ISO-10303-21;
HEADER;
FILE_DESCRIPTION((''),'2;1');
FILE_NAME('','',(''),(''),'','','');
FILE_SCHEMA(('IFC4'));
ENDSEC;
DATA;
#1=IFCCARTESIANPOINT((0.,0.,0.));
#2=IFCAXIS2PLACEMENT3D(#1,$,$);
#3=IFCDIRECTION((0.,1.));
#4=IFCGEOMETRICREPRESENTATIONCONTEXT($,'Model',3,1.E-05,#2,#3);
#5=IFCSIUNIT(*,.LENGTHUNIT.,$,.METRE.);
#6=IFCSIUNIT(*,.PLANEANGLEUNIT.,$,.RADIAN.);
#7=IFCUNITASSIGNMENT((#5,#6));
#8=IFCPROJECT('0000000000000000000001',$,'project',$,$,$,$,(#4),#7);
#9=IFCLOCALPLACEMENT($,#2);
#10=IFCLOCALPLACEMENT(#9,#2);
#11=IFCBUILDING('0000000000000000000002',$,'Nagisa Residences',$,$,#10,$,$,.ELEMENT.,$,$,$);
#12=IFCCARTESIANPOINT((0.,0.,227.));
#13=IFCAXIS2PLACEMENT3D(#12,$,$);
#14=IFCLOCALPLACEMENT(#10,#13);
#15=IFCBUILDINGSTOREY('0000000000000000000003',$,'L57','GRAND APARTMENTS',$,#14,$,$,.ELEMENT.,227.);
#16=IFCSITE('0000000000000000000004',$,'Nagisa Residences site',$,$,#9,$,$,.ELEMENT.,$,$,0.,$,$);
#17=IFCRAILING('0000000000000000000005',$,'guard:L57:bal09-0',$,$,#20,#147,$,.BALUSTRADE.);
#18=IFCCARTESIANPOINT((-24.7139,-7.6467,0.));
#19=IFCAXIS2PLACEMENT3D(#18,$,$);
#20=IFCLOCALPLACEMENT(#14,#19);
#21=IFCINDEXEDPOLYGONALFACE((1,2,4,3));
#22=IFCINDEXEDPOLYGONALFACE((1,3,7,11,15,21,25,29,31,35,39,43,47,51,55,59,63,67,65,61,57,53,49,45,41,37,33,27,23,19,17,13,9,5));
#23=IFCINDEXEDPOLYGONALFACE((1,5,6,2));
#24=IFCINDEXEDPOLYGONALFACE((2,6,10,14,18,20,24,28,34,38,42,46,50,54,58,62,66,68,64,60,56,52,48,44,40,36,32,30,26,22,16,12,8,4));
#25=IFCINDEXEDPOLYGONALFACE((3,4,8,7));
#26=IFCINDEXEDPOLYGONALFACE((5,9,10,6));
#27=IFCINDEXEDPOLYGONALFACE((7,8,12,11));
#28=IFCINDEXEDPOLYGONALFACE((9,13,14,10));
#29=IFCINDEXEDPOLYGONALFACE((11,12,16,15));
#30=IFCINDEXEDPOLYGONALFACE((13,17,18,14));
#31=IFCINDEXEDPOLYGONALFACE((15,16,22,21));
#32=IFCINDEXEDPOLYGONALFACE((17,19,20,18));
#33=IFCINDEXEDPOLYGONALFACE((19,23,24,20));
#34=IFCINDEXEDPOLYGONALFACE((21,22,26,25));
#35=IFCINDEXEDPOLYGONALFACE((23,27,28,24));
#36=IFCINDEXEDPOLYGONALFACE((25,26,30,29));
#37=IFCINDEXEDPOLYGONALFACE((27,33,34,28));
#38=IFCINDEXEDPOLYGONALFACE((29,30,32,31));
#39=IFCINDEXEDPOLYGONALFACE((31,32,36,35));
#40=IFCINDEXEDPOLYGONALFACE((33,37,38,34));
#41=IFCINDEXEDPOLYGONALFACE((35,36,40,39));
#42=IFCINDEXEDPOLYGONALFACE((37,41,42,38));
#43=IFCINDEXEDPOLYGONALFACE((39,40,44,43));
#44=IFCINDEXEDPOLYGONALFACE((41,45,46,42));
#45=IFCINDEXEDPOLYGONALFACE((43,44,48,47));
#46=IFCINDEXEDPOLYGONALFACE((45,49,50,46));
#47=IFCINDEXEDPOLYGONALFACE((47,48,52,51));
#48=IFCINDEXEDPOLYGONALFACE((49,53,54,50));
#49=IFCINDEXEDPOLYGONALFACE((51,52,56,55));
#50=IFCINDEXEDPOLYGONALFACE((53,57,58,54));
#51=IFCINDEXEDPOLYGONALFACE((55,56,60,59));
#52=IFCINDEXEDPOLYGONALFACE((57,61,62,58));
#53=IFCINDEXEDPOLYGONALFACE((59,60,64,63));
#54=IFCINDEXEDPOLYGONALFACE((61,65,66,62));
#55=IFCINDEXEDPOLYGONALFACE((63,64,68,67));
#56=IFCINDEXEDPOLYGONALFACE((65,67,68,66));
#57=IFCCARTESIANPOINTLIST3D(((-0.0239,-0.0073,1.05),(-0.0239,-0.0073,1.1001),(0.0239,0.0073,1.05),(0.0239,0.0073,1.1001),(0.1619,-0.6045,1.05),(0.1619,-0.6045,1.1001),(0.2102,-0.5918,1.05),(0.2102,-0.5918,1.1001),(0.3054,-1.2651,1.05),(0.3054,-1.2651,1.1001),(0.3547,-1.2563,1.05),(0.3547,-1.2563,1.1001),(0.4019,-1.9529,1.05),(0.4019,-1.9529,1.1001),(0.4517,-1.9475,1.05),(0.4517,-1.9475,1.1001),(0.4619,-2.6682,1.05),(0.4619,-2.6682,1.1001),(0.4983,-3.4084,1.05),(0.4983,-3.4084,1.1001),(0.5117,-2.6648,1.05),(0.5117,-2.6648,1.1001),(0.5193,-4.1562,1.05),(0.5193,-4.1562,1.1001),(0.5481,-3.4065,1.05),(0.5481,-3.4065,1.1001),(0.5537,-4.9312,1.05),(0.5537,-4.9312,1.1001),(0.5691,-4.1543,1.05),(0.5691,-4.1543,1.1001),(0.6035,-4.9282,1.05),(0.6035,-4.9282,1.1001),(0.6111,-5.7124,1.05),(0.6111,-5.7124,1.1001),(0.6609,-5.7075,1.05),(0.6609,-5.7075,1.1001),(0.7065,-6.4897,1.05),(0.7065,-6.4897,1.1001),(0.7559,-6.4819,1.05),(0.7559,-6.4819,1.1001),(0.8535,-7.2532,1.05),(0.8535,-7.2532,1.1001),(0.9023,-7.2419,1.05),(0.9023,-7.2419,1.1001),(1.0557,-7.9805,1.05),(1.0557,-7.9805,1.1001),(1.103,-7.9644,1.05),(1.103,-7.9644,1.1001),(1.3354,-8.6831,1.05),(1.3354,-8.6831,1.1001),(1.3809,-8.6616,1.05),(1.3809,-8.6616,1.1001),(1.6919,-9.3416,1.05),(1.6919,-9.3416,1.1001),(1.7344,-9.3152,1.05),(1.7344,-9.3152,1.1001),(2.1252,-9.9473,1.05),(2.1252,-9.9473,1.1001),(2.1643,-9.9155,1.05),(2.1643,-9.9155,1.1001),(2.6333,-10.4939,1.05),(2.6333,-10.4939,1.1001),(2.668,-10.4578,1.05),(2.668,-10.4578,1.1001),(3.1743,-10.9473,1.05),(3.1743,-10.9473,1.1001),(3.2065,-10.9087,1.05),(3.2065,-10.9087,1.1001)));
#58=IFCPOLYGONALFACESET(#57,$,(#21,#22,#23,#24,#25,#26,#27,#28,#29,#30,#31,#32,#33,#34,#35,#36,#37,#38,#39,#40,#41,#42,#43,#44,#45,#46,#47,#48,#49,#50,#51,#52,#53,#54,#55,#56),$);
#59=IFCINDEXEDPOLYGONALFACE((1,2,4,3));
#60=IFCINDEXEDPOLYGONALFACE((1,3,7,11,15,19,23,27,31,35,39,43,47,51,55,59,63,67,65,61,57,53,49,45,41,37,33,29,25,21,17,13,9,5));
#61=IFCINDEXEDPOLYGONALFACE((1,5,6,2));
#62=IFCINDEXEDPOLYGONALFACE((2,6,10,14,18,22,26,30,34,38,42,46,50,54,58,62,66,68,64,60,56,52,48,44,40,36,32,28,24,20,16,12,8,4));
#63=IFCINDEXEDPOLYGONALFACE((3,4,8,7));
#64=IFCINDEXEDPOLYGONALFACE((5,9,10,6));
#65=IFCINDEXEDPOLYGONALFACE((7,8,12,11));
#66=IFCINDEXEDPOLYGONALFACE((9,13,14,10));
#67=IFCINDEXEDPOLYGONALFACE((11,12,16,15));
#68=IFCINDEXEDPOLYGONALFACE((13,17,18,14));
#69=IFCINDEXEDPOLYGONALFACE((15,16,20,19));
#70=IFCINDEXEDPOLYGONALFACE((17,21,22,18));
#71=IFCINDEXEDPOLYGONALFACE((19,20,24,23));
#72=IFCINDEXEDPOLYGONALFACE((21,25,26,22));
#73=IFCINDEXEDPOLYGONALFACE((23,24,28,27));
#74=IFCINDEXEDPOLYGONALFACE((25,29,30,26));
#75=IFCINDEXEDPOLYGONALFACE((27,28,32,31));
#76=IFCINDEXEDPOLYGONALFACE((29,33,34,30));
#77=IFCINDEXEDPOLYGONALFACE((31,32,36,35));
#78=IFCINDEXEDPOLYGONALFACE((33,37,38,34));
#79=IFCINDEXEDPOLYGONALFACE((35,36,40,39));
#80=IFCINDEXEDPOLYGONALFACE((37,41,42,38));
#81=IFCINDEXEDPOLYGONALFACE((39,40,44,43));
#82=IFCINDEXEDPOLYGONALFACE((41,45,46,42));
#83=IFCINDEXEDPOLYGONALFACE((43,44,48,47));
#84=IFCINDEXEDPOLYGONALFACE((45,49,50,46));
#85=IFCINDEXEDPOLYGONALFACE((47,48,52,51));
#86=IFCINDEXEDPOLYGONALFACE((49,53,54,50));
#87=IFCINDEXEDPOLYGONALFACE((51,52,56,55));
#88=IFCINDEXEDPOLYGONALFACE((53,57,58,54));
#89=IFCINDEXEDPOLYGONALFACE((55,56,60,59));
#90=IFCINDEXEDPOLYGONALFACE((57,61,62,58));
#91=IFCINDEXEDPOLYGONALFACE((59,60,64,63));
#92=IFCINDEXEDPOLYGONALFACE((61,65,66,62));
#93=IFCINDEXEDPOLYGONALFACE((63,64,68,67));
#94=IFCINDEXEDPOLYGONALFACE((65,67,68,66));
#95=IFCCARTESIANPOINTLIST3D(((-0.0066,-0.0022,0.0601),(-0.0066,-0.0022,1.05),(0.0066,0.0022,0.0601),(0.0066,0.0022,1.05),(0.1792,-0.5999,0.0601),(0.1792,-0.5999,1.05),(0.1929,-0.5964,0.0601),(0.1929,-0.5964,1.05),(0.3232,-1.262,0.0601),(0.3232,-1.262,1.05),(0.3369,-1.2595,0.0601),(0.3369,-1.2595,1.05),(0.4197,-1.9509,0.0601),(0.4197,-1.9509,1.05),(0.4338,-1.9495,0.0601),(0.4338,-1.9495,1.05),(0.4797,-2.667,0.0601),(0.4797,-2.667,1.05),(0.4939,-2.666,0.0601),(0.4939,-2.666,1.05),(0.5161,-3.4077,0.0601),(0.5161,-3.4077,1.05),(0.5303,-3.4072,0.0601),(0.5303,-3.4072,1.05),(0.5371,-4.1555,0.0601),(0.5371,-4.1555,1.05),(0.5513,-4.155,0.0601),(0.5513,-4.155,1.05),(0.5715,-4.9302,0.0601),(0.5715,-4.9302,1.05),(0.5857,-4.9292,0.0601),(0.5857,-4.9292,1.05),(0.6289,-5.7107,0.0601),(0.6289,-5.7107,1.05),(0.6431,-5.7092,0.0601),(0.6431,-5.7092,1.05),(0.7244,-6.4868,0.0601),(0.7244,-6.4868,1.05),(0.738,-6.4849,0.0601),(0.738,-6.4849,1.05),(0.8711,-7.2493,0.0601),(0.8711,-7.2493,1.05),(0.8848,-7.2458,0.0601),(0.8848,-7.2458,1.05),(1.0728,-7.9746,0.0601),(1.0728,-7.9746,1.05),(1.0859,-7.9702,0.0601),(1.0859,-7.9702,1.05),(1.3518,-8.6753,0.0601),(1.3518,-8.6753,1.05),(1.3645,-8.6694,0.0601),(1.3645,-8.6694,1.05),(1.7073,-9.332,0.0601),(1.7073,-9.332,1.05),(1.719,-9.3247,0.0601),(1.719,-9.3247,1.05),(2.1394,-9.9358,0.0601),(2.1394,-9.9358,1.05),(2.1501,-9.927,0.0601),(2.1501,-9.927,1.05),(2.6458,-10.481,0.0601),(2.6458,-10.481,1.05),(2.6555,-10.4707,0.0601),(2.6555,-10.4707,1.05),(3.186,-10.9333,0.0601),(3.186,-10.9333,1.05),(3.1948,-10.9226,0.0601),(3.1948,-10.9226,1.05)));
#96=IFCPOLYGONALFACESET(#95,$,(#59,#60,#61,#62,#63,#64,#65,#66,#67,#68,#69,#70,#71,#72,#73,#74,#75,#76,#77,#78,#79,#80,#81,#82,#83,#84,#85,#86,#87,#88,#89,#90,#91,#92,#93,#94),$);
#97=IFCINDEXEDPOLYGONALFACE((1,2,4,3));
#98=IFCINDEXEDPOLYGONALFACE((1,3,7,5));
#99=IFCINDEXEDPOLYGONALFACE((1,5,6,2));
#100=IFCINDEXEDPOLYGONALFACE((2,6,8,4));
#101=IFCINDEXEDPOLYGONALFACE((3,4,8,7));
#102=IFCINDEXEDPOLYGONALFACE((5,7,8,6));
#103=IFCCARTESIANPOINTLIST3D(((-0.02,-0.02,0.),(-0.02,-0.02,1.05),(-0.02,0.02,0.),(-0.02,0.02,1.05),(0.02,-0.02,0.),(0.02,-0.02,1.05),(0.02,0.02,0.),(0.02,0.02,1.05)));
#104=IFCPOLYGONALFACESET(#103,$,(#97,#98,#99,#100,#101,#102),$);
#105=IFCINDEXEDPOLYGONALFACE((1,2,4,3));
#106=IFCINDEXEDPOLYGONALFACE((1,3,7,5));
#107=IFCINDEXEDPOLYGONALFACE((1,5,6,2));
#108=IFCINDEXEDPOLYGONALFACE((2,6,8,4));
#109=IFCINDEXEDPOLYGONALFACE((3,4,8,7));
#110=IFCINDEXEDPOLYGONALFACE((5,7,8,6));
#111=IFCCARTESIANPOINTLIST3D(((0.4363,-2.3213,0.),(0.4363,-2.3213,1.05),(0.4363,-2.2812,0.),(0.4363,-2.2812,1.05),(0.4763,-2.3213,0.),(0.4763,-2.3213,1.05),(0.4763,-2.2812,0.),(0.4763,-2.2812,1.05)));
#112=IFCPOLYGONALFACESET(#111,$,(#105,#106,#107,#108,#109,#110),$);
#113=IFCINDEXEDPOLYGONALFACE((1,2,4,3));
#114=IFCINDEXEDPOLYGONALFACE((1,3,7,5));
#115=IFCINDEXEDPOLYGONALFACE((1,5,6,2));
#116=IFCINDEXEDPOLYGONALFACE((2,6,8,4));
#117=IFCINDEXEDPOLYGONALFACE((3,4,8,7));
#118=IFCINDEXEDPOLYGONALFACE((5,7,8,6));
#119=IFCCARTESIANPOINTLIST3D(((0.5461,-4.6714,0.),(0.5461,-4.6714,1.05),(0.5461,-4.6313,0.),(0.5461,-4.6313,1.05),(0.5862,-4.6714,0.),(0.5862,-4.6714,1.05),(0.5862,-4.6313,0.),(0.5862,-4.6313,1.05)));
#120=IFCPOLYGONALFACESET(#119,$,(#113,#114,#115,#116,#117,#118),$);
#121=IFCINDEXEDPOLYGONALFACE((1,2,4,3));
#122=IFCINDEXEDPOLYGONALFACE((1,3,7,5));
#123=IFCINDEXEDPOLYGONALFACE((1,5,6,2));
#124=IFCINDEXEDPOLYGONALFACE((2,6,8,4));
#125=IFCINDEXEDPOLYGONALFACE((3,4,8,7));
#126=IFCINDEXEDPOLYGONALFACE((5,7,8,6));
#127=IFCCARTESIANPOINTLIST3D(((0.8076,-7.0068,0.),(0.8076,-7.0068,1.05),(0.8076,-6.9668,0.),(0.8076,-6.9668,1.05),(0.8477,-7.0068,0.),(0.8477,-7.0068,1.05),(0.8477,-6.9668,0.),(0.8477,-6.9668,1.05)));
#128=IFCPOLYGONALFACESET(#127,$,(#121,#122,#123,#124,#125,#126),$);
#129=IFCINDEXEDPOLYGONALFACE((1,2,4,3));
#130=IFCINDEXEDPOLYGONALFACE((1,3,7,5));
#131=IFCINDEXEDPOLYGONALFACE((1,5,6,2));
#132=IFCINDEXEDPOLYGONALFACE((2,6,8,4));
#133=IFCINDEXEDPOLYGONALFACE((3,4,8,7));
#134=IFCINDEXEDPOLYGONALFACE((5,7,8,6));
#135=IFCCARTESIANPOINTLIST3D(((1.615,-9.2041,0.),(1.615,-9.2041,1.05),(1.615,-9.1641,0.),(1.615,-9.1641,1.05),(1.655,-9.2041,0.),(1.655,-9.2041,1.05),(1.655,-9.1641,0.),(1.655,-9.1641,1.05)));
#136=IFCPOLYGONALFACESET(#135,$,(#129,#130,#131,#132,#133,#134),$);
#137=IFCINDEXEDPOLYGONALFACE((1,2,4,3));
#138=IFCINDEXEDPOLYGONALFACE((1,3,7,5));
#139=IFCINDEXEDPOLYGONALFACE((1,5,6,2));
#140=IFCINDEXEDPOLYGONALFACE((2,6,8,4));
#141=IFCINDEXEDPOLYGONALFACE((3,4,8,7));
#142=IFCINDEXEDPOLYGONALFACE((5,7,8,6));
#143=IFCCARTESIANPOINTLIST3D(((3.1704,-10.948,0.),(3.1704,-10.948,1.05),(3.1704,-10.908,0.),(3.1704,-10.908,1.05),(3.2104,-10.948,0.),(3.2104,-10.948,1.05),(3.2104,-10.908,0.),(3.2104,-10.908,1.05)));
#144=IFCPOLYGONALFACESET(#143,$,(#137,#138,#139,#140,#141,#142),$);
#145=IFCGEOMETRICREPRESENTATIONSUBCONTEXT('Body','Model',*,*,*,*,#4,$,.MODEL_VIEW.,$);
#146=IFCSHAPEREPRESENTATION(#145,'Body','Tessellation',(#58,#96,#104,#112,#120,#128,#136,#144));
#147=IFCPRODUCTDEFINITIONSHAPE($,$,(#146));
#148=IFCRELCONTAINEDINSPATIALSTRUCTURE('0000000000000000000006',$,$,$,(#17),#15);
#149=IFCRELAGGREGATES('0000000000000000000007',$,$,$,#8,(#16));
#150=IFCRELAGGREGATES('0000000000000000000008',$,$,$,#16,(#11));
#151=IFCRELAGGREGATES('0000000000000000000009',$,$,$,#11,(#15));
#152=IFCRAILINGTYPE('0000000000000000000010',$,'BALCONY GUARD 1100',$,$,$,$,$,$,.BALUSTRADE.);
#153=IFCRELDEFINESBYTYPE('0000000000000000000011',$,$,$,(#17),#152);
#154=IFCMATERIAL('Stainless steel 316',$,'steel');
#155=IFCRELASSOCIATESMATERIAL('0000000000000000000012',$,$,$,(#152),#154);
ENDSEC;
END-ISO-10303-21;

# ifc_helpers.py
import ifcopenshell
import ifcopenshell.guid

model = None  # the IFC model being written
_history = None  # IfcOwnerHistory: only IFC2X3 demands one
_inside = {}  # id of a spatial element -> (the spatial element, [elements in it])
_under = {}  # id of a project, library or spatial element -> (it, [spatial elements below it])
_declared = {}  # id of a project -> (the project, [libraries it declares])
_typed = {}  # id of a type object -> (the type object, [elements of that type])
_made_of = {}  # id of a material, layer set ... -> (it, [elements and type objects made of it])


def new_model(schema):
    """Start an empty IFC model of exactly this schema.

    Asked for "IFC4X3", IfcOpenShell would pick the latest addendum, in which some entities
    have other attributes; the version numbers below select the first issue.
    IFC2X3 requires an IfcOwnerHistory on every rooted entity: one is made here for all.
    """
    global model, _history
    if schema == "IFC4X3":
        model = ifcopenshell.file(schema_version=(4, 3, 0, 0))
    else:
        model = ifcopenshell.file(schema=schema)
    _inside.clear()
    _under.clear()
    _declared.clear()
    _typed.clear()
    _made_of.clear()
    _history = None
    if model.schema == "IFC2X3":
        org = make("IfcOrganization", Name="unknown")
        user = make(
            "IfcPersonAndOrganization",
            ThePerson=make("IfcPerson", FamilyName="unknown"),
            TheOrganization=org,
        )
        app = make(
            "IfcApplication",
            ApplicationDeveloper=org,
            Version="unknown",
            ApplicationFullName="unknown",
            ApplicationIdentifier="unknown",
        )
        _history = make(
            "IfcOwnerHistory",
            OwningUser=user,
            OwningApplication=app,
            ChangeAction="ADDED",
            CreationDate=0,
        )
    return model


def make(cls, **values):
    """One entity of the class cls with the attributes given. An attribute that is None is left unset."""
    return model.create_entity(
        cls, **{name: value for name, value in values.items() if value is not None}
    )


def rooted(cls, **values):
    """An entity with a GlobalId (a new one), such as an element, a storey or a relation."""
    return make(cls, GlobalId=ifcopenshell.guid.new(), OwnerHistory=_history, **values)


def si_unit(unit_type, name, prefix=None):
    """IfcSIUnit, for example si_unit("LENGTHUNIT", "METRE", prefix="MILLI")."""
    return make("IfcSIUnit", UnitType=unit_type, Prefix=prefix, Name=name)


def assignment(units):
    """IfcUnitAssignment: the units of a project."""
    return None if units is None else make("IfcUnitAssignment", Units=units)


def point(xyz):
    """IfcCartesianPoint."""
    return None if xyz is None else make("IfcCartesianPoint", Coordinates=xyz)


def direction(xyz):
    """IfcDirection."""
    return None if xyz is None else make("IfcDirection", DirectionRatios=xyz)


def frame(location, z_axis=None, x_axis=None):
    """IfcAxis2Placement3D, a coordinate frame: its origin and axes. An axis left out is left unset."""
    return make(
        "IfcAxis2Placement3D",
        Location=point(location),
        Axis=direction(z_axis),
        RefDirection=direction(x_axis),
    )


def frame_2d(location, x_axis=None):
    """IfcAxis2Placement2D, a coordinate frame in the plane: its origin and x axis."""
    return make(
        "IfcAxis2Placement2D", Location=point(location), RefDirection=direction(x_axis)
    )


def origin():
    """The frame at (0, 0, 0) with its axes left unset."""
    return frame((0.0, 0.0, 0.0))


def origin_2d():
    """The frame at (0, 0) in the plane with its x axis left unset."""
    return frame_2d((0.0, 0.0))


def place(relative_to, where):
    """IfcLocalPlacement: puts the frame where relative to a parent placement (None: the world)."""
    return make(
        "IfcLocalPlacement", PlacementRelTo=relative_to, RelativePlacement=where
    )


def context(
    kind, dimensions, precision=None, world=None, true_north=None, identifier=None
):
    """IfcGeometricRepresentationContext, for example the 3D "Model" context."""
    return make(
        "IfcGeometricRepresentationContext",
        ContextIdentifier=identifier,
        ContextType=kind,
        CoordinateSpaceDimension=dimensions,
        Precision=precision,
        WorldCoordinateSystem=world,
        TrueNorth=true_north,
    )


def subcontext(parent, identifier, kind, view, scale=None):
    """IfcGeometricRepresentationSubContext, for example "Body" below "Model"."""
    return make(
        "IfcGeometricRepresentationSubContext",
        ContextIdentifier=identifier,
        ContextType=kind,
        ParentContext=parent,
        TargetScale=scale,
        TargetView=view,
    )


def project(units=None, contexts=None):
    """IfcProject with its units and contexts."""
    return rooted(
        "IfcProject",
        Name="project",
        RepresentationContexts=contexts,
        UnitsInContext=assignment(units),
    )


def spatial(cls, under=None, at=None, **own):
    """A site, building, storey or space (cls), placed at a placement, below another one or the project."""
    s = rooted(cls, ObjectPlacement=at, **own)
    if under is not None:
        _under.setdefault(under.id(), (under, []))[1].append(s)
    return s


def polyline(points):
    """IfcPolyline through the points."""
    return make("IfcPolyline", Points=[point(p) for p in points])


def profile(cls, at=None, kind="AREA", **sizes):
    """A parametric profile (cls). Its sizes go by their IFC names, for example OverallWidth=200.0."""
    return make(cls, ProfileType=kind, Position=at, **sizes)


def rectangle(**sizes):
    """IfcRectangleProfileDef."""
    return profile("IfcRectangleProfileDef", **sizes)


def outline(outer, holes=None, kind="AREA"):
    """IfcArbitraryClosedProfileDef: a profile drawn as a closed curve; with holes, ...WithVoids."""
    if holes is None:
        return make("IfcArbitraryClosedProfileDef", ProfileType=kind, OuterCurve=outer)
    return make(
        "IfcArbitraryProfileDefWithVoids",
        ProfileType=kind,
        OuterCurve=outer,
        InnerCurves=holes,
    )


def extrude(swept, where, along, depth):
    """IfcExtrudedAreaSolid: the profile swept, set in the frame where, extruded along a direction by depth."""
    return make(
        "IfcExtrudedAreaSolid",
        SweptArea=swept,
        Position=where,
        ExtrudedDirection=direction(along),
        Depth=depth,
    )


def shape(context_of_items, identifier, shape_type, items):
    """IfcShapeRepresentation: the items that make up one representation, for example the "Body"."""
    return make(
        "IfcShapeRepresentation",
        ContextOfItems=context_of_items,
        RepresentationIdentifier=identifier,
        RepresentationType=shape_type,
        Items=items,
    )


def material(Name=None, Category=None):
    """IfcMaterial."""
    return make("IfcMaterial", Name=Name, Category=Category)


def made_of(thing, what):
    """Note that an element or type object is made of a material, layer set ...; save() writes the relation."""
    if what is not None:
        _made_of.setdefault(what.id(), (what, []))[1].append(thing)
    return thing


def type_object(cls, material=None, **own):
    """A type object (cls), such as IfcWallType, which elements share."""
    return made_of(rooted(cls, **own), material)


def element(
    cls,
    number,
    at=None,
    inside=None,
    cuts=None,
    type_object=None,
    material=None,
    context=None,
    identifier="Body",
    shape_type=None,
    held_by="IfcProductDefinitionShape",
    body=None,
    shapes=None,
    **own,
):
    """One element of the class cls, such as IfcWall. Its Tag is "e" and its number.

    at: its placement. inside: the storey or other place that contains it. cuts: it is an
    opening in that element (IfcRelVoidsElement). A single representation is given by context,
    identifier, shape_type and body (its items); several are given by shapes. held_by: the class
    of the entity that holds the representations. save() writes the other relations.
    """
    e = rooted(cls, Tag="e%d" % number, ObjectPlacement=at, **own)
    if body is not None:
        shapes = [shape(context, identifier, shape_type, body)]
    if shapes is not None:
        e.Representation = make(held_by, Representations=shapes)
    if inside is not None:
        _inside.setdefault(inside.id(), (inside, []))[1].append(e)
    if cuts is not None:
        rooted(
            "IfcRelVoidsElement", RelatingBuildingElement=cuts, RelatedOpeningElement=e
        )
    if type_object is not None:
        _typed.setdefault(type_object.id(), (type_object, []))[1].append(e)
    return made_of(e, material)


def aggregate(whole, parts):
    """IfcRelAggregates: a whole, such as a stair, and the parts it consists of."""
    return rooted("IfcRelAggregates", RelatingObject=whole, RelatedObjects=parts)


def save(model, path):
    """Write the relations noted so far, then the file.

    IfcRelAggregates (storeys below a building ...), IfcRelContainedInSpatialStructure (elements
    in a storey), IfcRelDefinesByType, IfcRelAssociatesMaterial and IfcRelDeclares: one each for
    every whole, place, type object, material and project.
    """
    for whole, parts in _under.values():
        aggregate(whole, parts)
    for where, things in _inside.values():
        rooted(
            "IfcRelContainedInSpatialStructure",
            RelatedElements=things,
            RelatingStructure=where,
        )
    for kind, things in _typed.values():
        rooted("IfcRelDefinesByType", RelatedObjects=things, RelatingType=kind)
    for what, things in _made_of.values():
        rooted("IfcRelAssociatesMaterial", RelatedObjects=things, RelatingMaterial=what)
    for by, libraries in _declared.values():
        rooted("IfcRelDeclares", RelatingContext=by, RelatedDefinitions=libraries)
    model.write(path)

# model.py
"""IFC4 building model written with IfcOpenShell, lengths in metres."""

from ifc_helpers import new_model, si_unit, direction, frame, origin, origin_2d, place, context, subcontext, project, spatial, polyline, rectangle, outline, extrude, material, type_object, element, save


model = new_model("IFC4")

# Units and contexts
model_context = context("Model", 3, precision=1e-05, world=origin(), true_north=direction((0.0, 1.0)))
body_context = subcontext(model_context, "Body", "Model", "MODEL_VIEW")
ifc_project = project(units=[si_unit("LENGTHUNIT", "METRE"), si_unit("PLANEANGLEUNIT", "RADIAN")], contexts=[model_context])

# Site, building, storey
site_placement = place(None, origin())
site = spatial("IfcSite", under=ifc_project, at=site_placement, Name="Nagisa Residences site", CompositionType="ELEMENT", RefElevation=0.0)
building_placement = place(site_placement, origin())
building = spatial("IfcBuilding", under=site, at=building_placement, Name="Nagisa Residences", CompositionType="ELEMENT")
storey_placement = place(building_placement, frame((0.0, 0.0, 227.0)))
storey = spatial("IfcBuildingStorey", under=building, at=storey_placement, Name="L57", Description="GRAND APARTMENTS", CompositionType="ELEMENT", Elevation=227.0)

# Railing
ifc_material_1 = material(Name="Stainless steel 316", Category="steel")
railing_type = type_object("IfcRailingType", Name="BALCONY GUARD 1100", PredefinedType="BALUSTRADE", material=ifc_material_1)
railing_placement = place(storey_placement, frame((-24.7139, -7.6467, 0.0)))
element("IfcRailing", 1, at=railing_placement, inside=storey, type_object=railing_type, Name="guard:L57:bal09-0", PredefinedType="BALUSTRADE", context=body_context, shape_type="SweptSolid", body=[
    extrude(outline(polyline([(0.2102, -0.5918), (0.0239, 0.0073), (-0.0239, -0.0073), (0.1619, -0.6045), (0.3054, -1.2651), (0.4019, -1.9529), (0.4619, -2.6682), (0.4983, -3.4084), (0.5193, -4.1562), (0.5537, -4.9312), (0.6111, -5.7124), (0.7065, -6.4897), (0.8535, -7.2532), (1.0557, -7.9805), (1.3354, -8.6831), (1.6919, -9.3416), (2.1252, -9.9473), (2.6333, -10.4939), (3.1743, -10.9473), (3.2065, -10.9087), (2.668, -10.4578), (2.1643, -9.9155), (1.7344, -9.3152), (1.3809, -8.6616), (1.103, -7.9644), (0.9023, -7.2419), (0.7559, -6.4819), (0.6609, -5.7075), (0.6035, -4.9282), (0.5691, -4.1543), (0.5481, -3.4065), (0.5117, -2.6648), (0.4517, -1.9475), (0.3547, -1.2563), (0.2102, -0.5918)])), frame((0.0, 0.0, 1.05)), (0.0, 0.0, 1.0), 0.05),
    extrude(outline(polyline([(0.1929, -0.5964), (0.0066, 0.0022), (-0.0066, -0.0022), (0.1792, -0.5999), (0.3232, -1.262), (0.4197, -1.9509), (0.4797, -2.667), (0.5161, -3.4077), (0.5371, -4.1555), (0.5715, -4.9302), (0.6289, -5.7107), (0.7244, -6.4868), (0.8711, -7.2493), (1.0728, -7.9746), (1.3518, -8.6753), (1.7073, -9.332), (2.1394, -9.9358), (2.6458, -10.481), (3.186, -10.9333), (3.1948, -10.9226), (2.6555, -10.4707), (2.1501, -9.927), (1.719, -9.3247), (1.3645, -8.6694), (1.0859, -7.9702), (0.8848, -7.2458), (0.738, -6.4849), (0.6431, -5.7092), (0.5857, -4.9292), (0.5513, -4.155), (0.5303, -3.4072), (0.4939, -2.666), (0.4338, -1.9495), (0.3369, -1.2595), (0.1929, -0.5964)])), frame((0.0, 0.0, 0.0601)), (0.0, 0.0, 1.0), 0.99),
    extrude(rectangle(XDim=0.04, YDim=0.04, at=origin_2d()), origin(), (0.0, 0.0, 1.0), 1.05),
    extrude(rectangle(XDim=0.04, YDim=0.04, at=origin_2d()), frame((0.4563, -2.3013, 0.0)), (0.0, 0.0, 1.0), 1.05),
    extrude(rectangle(XDim=0.04, YDim=0.04, at=origin_2d()), frame((0.5662, -4.6514, 0.0)), (0.0, 0.0, 1.0), 1.05),
    extrude(rectangle(XDim=0.04, YDim=0.04, at=origin_2d()), frame((0.8276, -6.9868, 0.0)), (0.0, 0.0, 1.0), 1.05),
    extrude(rectangle(XDim=0.04, YDim=0.04, at=origin_2d()), frame((1.635, -9.1841, 0.0)), (0.0, 0.0, 1.0), 1.05),
    extrude(rectangle(XDim=0.04, YDim=0.04, at=origin_2d()), frame((3.1904, -10.928, 0.0)), (0.0, 0.0, 1.0), 1.05),
])

save(model, "model.ifc")
